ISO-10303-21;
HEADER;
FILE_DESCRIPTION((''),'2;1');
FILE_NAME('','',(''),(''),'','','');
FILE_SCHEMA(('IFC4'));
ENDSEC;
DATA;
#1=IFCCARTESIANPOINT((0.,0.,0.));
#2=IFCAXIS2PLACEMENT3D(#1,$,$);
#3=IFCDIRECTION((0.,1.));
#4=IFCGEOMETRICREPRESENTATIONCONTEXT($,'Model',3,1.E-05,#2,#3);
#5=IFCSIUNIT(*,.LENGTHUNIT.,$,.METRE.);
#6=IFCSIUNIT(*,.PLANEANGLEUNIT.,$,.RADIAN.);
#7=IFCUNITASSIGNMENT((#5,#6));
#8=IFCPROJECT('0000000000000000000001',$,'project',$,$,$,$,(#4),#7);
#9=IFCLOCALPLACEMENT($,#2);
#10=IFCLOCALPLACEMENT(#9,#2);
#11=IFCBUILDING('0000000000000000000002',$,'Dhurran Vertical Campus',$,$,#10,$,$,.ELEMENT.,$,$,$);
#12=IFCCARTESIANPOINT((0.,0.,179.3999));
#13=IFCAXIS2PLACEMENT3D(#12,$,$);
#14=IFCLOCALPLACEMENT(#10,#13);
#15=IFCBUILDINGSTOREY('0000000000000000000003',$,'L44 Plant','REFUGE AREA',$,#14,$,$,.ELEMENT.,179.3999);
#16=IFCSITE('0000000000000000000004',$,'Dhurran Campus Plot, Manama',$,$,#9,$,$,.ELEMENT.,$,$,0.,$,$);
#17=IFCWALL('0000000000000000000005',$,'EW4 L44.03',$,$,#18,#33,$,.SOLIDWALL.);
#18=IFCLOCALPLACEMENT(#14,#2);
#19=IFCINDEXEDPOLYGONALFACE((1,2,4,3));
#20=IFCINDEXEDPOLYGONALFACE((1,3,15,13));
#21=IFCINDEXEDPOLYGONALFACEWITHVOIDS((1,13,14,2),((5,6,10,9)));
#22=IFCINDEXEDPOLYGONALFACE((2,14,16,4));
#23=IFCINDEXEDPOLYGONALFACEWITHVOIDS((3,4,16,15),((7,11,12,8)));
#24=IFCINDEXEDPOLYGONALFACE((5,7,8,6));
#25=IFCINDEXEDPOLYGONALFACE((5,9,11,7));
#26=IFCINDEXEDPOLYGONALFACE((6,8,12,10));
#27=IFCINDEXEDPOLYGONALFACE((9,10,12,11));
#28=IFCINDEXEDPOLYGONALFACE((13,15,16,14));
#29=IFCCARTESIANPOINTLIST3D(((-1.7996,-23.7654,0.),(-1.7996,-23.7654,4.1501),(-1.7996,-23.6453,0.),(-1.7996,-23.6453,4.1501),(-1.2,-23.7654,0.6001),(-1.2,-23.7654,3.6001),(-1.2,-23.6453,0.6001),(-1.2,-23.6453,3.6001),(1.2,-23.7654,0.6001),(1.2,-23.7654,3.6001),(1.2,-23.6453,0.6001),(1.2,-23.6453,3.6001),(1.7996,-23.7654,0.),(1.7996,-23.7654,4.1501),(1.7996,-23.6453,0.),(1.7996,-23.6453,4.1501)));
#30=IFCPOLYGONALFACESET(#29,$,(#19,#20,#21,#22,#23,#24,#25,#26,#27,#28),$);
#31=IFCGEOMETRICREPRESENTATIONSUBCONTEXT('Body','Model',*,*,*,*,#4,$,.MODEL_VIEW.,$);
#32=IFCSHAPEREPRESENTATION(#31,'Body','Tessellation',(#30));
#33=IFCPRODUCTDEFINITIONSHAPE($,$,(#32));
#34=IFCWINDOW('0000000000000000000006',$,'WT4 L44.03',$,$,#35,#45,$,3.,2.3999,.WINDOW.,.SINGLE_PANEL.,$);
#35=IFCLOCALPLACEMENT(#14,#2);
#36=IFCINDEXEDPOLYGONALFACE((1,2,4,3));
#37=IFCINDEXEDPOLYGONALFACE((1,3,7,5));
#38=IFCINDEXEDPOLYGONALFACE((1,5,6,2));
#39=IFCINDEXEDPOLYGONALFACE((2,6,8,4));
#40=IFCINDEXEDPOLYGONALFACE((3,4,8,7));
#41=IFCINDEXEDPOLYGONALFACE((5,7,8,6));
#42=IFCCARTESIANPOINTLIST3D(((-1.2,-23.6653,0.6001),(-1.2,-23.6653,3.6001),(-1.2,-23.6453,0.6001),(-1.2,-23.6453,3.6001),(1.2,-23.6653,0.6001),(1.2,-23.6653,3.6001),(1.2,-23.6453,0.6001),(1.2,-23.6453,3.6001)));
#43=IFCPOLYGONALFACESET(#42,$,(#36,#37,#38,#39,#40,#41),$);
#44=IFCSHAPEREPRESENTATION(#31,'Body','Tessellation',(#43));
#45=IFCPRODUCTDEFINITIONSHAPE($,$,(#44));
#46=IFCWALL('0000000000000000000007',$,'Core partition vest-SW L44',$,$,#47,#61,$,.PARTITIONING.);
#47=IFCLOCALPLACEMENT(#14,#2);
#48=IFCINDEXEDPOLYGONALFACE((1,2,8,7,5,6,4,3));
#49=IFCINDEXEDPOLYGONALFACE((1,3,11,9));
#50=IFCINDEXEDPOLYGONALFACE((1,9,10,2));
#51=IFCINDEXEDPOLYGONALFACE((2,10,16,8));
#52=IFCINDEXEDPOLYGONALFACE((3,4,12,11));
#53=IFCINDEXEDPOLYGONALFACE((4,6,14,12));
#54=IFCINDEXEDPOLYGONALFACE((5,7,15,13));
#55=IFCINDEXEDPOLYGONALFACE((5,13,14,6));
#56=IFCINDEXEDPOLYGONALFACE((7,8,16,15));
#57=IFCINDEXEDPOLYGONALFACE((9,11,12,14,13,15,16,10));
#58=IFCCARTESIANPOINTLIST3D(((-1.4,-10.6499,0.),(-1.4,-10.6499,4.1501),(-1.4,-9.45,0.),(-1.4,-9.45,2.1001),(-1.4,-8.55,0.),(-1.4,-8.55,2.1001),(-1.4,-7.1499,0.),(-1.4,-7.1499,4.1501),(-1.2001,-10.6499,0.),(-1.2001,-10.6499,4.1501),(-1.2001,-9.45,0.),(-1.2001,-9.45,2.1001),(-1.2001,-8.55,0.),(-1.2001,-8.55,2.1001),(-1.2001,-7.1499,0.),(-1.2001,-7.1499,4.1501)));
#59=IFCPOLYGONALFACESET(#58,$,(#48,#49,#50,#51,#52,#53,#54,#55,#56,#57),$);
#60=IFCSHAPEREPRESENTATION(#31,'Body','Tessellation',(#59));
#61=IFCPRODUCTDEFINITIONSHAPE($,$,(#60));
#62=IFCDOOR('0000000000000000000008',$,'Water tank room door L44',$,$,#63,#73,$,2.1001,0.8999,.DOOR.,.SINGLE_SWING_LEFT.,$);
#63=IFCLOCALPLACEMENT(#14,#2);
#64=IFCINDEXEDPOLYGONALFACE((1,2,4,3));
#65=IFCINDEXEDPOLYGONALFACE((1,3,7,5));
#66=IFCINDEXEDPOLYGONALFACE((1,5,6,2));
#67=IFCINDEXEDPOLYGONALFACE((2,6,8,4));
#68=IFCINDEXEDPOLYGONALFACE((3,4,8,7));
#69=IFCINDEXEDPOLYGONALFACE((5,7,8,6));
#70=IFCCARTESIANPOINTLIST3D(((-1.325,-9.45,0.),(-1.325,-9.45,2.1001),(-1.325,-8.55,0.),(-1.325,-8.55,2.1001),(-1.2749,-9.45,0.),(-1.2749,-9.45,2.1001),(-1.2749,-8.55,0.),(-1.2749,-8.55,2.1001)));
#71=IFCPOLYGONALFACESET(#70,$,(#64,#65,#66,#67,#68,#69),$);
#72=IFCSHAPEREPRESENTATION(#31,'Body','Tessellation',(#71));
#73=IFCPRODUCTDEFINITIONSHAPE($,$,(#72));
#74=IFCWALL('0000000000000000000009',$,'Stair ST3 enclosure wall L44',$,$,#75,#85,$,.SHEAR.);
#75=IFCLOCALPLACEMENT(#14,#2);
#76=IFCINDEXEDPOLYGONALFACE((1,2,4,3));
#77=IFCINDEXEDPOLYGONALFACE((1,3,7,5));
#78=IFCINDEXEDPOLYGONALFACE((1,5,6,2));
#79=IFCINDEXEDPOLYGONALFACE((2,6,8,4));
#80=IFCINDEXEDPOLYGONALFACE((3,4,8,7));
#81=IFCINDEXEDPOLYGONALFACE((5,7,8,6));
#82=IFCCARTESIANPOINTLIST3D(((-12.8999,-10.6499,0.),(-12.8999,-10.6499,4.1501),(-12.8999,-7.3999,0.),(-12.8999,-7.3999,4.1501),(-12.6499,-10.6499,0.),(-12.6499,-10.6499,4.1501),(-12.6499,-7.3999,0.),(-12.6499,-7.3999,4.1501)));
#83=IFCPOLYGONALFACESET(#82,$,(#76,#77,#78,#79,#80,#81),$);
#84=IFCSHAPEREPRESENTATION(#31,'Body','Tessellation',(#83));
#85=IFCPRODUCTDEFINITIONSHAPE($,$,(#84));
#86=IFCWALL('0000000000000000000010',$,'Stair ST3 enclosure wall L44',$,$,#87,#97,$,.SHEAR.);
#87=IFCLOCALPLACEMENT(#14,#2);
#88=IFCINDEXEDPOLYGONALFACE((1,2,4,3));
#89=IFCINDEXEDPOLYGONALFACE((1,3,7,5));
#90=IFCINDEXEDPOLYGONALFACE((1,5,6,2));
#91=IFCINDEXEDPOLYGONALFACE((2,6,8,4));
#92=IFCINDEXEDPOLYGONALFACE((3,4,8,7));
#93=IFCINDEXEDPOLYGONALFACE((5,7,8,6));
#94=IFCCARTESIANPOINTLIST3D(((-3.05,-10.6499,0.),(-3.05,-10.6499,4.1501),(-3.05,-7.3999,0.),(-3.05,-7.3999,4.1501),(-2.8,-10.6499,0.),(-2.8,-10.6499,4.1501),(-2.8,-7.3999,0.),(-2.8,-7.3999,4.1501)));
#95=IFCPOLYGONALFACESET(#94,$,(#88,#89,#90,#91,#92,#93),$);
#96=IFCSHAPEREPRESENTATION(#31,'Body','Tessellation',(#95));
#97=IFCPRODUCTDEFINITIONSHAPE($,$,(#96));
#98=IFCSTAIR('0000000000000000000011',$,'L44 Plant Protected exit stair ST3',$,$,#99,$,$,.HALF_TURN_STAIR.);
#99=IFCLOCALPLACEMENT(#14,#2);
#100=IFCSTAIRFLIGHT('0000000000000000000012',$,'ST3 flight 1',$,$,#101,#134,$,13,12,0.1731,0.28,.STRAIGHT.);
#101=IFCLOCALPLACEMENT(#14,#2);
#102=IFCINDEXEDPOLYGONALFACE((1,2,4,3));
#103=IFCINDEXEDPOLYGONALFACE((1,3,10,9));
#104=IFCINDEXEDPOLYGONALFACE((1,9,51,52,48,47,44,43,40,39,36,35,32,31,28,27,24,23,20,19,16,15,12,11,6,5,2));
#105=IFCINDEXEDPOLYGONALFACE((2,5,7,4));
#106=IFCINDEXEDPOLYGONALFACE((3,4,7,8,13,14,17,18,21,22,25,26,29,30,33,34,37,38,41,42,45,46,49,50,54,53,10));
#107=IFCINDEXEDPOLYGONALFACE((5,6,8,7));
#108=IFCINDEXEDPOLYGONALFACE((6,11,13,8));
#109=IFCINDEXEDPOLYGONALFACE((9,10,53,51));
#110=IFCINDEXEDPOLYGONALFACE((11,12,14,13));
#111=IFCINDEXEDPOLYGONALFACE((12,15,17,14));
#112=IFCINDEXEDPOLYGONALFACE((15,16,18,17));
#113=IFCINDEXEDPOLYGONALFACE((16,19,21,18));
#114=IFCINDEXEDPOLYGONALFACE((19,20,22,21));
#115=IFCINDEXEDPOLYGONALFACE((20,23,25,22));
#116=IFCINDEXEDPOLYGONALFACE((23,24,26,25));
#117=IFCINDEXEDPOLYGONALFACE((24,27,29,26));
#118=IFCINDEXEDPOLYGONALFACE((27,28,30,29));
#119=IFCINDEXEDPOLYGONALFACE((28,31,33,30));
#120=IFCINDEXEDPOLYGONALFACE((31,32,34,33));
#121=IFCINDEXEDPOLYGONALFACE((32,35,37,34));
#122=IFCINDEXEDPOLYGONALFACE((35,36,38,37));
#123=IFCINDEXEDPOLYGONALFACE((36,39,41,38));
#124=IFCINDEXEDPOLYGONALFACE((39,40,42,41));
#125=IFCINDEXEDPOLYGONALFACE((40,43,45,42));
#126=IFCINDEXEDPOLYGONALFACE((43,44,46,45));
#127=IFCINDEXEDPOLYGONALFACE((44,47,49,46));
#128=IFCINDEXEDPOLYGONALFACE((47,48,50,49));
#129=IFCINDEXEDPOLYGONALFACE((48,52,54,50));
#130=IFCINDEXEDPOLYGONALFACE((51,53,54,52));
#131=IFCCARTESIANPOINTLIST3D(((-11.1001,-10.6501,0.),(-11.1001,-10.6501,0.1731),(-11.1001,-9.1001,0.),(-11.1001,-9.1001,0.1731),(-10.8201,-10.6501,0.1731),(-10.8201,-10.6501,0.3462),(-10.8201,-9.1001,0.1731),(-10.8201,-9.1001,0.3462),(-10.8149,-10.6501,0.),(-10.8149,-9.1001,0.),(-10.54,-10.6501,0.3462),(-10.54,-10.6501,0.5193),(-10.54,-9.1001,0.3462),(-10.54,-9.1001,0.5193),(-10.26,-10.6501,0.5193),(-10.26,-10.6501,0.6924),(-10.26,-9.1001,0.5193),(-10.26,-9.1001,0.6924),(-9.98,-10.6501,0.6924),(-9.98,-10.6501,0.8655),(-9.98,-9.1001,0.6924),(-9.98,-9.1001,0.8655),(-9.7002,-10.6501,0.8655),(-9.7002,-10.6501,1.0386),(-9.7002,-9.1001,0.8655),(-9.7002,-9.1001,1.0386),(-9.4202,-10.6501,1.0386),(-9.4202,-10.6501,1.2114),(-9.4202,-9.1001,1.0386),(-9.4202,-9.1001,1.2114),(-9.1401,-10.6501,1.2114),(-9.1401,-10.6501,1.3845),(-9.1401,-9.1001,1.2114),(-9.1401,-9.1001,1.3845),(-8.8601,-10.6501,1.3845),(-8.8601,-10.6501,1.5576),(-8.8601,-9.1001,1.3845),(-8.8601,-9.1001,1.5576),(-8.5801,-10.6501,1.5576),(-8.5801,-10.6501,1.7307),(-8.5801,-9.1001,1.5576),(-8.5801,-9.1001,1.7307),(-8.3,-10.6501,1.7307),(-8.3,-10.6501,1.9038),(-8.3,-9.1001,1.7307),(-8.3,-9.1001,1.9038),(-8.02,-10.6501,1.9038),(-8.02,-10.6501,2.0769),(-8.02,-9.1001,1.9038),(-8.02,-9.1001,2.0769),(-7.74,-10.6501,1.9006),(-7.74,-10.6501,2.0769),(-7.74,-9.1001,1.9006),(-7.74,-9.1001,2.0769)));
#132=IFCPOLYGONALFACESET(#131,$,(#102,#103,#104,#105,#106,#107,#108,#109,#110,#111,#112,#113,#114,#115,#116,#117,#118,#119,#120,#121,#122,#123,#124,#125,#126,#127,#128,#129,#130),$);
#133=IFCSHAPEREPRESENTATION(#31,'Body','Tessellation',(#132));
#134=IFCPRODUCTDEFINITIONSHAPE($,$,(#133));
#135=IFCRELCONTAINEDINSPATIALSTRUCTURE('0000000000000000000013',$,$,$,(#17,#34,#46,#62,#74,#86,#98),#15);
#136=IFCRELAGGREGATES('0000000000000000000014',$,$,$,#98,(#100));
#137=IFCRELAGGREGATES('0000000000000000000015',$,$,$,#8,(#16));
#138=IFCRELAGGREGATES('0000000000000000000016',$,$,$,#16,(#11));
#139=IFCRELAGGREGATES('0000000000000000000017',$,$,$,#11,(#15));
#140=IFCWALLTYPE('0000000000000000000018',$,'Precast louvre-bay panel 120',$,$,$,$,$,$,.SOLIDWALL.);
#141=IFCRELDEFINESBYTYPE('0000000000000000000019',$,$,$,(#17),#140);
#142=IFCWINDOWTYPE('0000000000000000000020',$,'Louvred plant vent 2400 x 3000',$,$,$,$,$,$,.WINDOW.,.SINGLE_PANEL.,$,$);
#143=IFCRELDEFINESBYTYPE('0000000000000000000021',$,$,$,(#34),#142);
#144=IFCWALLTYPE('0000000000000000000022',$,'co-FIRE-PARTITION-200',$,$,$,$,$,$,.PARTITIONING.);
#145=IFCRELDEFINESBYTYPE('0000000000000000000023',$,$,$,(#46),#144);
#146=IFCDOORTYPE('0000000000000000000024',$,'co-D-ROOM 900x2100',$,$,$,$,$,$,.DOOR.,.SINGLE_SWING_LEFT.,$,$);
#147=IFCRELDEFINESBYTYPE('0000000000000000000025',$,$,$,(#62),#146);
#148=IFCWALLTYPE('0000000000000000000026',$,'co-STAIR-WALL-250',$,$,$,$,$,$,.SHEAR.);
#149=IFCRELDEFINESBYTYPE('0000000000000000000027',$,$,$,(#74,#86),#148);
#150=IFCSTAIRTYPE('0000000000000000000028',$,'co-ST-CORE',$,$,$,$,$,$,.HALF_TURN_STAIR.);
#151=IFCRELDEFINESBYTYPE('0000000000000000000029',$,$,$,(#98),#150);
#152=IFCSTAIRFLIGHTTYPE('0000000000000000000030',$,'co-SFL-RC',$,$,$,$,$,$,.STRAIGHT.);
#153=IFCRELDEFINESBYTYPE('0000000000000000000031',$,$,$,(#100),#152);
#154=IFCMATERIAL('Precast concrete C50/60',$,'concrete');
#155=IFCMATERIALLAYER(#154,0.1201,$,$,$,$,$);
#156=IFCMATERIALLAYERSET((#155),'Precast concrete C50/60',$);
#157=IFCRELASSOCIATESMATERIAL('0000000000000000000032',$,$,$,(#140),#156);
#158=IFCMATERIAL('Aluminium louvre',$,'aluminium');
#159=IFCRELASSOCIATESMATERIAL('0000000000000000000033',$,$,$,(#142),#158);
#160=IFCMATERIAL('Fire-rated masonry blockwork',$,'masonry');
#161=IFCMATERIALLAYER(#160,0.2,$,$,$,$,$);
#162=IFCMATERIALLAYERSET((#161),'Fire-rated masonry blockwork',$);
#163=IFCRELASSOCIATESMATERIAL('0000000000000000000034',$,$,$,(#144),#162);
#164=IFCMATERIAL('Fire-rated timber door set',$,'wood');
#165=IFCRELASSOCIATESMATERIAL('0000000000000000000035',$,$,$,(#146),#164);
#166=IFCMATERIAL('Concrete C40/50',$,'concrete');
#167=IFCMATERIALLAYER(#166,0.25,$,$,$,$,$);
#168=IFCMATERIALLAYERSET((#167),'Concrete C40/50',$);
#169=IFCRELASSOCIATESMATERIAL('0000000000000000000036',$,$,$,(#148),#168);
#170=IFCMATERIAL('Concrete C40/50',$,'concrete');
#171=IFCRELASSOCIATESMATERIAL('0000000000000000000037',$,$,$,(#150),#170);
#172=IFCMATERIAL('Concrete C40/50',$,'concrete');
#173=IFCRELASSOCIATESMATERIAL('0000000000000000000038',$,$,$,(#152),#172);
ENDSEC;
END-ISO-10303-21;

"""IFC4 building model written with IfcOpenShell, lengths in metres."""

from ifc_helpers import new_model, si_unit, direction, frame, frame_2d, origin, place, context, subcontext, project, spatial, polyline, rectangle, outline, extrude, material, layer, layer_set, type_object, element, fill, aggregate, save


model = new_model("IFC4")

# Units and contexts
model_context = context("Model", 3, precision=1e-05, world=origin(), true_north=direction((0.0, 1.0)))
body_context = subcontext(model_context, "Body", "Model", "MODEL_VIEW")
ifc_project = project(units=[si_unit("LENGTHUNIT", "METRE"), si_unit("PLANEANGLEUNIT", "RADIAN")], contexts=[model_context])

# Site, building, storey
site_placement = place(None, origin())
site = spatial("IfcSite", under=ifc_project, at=site_placement, Name="Dhurran Campus Plot, Manama", CompositionType="ELEMENT", RefElevation=0.0)
building_placement = place(site_placement, origin())
building = spatial("IfcBuilding", under=site, at=building_placement, Name="Dhurran Vertical Campus", CompositionType="ELEMENT")
storey_placement = place(building_placement, frame((0.0, 0.0, 179.3999)))
storey = spatial("IfcBuildingStorey", under=building, at=storey_placement, Name="L44 Plant", Description="REFUGE AREA", CompositionType="ELEMENT", Elevation=179.3999)

# Wall, opening, window
ifc_material_1 = material(Name="Precast concrete C50/60", Category="concrete")
ifc_layer_1 = layer(ifc_material_1, 0.1201)
ifc_layer_set_1 = layer_set([ifc_layer_1], Name="Precast concrete C50/60")
wall_type_1 = type_object("IfcWallType", Name="Precast louvre-bay panel 120", PredefinedType="SOLIDWALL", material=ifc_layer_set_1)
ifc_material_2 = material(Name="Aluminium louvre", Category="aluminium")
window_type = type_object("IfcWindowType", Name="Louvred plant vent 2400 x 3000", PartitioningType="SINGLE_PANEL", PredefinedType="WINDOW", material=ifc_material_2)
wall_1_placement = place(storey_placement, frame((-1.7996, -23.7053, 0.0), z_axis=(0.0, 0.0, 1.0), x_axis=(1.0, 0.0, 0.0)))
wall_1 = element("IfcWall", 1, at=wall_1_placement, inside=storey, type_object=wall_type_1, Name="EW4 L44.03", PredefinedType="SOLIDWALL", context=body_context, shape_type="SweptSolid", body=[
    extrude(rectangle(XDim=3.5991, YDim=0.1201, at=frame_2d((1.7996, 0.0))), origin(), (0.0, 0.0, 1.0), 4.1501),
])
opening_1_placement = place(wall_1_placement, frame((0.5996, 0.0, 0.6001)))
opening_1 = element("IfcOpeningElement", 2, at=opening_1_placement, cuts=wall_1, PredefinedType="OPENING", context=body_context, shape_type="SweptSolid", body=[
    extrude(rectangle(XDim=2.3999, YDim=3.0, at=frame_2d((1.2, 1.5))), frame((0.0, 0.0701, 0.0), z_axis=(0.0, -1.0, 0.0), x_axis=(1.0, 0.0, 0.0)), (0.0, 0.0, 1.0), 0.1401),
])
window_1_placement = place(opening_1_placement, origin())
window_1 = element("IfcWindow", 3, at=window_1_placement, inside=storey, type_object=window_type, Name="WT4 L44.03", OverallHeight=3.0, OverallWidth=2.3999, PartitioningType="SINGLE_PANEL", PredefinedType="WINDOW", context=body_context, shape_type="SweptSolid", body=[
    extrude(rectangle(XDim=2.3999, YDim=3.0, at=frame_2d((1.2, 1.5))), frame((0.0, 0.0601, 0.0), z_axis=(0.0, -1.0, 0.0), x_axis=(1.0, 0.0, 0.0)), (0.0, 0.0, 1.0), 0.02),
])
fill(opening_1, window_1)

# Wall, opening, door
ifc_material_3 = material(Name="Fire-rated masonry blockwork", Category="masonry")
ifc_layer_2 = layer(ifc_material_3, 0.2)
ifc_layer_set_2 = layer_set([ifc_layer_2], Name="Fire-rated masonry blockwork")
wall_type_2 = type_object("IfcWallType", Name="co-FIRE-PARTITION-200", PredefinedType="PARTITIONING", material=ifc_layer_set_2)
wall_2_placement = place(storey_placement, frame((-1.3, -10.6499, 0.0), z_axis=(0.0, 0.0, 1.0), x_axis=(0.0, 1.0, 0.0)))
wall_2 = element("IfcWall", 4, at=wall_2_placement, inside=storey, type_object=wall_type_2, Name="Core partition vest-SW L44", PredefinedType="PARTITIONING", context=body_context, shape_type="SweptSolid", body=[
    extrude(rectangle(XDim=3.5, YDim=0.2, at=frame_2d((1.75, 0.0))), origin(), (0.0, 0.0, 1.0), 4.1501),
])
opening_2_placement = place(wall_2_placement, frame((1.2, 0.0, 0.0)))
opening_2 = element("IfcOpeningElement", 5, at=opening_2_placement, cuts=wall_2, PredefinedType="OPENING", context=body_context, shape_type="SweptSolid", body=[
    extrude(rectangle(XDim=0.8999, YDim=2.1001, at=frame_2d((0.45, 1.05))), frame((0.0, 0.1099, 0.0), z_axis=(0.0, -1.0, 0.0), x_axis=(1.0, 0.0, 0.0)), (0.0, 0.0, 1.0), 0.22),
])
ifc_material_4 = material(Name="Fire-rated timber door set", Category="wood")
door_type = type_object("IfcDoorType", Name="co-D-ROOM 900x2100", OperationType="SINGLE_SWING_LEFT", PredefinedType="DOOR", material=ifc_material_4)
door_placement = place(opening_2_placement, origin())
door = element("IfcDoor", 6, at=door_placement, inside=storey, type_object=door_type, Name="Water tank room door L44", OperationType="SINGLE_SWING_LEFT", OverallHeight=2.1001, OverallWidth=0.8999, PredefinedType="DOOR", context=body_context, shape_type="SweptSolid", body=[
    extrude(rectangle(XDim=0.8999, YDim=2.1001, at=frame_2d((0.45, 1.05))), frame((0.0, 0.0249, 0.0), z_axis=(0.0, -1.0, 0.0), x_axis=(1.0, 0.0, 0.0)), (0.0, 0.0, 1.0), 0.05),
])
fill(opening_2, door)

# Walls
ifc_material_5 = material(Name="Concrete C40/50", Category="concrete")
ifc_layer_3 = layer(ifc_material_5, 0.25)
ifc_layer_set_3 = layer_set([ifc_layer_3], Name="Concrete C40/50")
wall_type_3 = type_object("IfcWallType", Name="co-STAIR-WALL-250", PredefinedType="SHEAR", material=ifc_layer_set_3)
for number, where, z_axis, x_axis, name in (
    (7, (-12.7749, -10.6499, 0.0), (0.0, 0.0, 1.0), (0.0, 1.0, 0.0), "Stair ST3 enclosure wall L44"),
    (8, (-2.925, -10.6499, 0.0), (0.0, 0.0, 1.0), (0.0, 1.0, 0.0), "Stair ST3 enclosure wall L44"),
):
    element("IfcWall", number, at=place(storey_placement, frame(where, z_axis=z_axis, x_axis=x_axis)), inside=storey, type_object=wall_type_3, Name=name, PredefinedType="SHEAR", context=body_context, shape_type="SweptSolid", body=[
        extrude(rectangle(XDim=3.25, YDim=0.25, at=frame_2d((1.625, 0.0))), origin(), (0.0, 0.0, 1.0), 4.1501),
    ])

# Stair, stair flight
ifc_material_6 = material(Name="Concrete C40/50", Category="concrete")
stair_type = type_object("IfcStairType", Name="co-ST-CORE", PredefinedType="HALF_TURN_STAIR", material=ifc_material_6)
stair_placement = place(storey_placement, origin())
stair = element("IfcStair", 9, at=stair_placement, inside=storey, type_object=stair_type, Name="L44 Plant Protected exit stair ST3", PredefinedType="HALF_TURN_STAIR")
ifc_material_7 = material(Name="Concrete C40/50", Category="concrete")
stair_flight_type = type_object("IfcStairFlightType", Name="co-SFL-RC", PredefinedType="STRAIGHT", material=ifc_material_7)
stair_flight_placement = place(storey_placement, frame((-11.1001, -9.875, 0.0), z_axis=(0.0, 0.0, 1.0), x_axis=(1.0, 0.0, 0.0)))
stair_flight = element("IfcStairFlight", 10, at=stair_flight_placement, type_object=stair_flight_type, Name="ST3 flight 1", NumberOfRisers=13, NumberOfTreads=12, PredefinedType="STRAIGHT", RiserHeight=0.1731, TreadLength=0.28, context=body_context, shape_type="SweptSolid", body=[
    extrude(outline(polyline([(0.0, 0.0), (0.0, 0.1731), (0.28, 0.1731), (0.28, 0.3462), (0.5601, 0.3462), (0.5601, 0.5193), (0.8401, 0.5193), (0.8401, 0.6924), (1.1201, 0.6924), (1.1201, 0.8655), (1.3999, 0.8655), (1.3999, 1.0386), (1.6799, 1.0386), (1.6799, 1.2114), (1.96, 1.2114), (1.96, 1.3845), (2.24, 1.3845), (2.24, 1.5576), (2.52, 1.5576), (2.52, 1.7307), (2.8, 1.7307), (2.8, 1.9038), (3.0801, 1.9038), (3.0801, 2.0769), (3.3601, 2.0769), (3.3601, 2.25), (3.3601, 1.9006), (0.2852, 0.0), (0.0, 0.0)])), frame((0.0, 0.7749, 0.0), z_axis=(0.0, -1.0, 0.0), x_axis=(1.0, 0.0, 0.0)), (0.0, 0.0, 1.0), 1.55),
])
aggregate(stair, [stair_flight])

save(model, "model.ifc")
